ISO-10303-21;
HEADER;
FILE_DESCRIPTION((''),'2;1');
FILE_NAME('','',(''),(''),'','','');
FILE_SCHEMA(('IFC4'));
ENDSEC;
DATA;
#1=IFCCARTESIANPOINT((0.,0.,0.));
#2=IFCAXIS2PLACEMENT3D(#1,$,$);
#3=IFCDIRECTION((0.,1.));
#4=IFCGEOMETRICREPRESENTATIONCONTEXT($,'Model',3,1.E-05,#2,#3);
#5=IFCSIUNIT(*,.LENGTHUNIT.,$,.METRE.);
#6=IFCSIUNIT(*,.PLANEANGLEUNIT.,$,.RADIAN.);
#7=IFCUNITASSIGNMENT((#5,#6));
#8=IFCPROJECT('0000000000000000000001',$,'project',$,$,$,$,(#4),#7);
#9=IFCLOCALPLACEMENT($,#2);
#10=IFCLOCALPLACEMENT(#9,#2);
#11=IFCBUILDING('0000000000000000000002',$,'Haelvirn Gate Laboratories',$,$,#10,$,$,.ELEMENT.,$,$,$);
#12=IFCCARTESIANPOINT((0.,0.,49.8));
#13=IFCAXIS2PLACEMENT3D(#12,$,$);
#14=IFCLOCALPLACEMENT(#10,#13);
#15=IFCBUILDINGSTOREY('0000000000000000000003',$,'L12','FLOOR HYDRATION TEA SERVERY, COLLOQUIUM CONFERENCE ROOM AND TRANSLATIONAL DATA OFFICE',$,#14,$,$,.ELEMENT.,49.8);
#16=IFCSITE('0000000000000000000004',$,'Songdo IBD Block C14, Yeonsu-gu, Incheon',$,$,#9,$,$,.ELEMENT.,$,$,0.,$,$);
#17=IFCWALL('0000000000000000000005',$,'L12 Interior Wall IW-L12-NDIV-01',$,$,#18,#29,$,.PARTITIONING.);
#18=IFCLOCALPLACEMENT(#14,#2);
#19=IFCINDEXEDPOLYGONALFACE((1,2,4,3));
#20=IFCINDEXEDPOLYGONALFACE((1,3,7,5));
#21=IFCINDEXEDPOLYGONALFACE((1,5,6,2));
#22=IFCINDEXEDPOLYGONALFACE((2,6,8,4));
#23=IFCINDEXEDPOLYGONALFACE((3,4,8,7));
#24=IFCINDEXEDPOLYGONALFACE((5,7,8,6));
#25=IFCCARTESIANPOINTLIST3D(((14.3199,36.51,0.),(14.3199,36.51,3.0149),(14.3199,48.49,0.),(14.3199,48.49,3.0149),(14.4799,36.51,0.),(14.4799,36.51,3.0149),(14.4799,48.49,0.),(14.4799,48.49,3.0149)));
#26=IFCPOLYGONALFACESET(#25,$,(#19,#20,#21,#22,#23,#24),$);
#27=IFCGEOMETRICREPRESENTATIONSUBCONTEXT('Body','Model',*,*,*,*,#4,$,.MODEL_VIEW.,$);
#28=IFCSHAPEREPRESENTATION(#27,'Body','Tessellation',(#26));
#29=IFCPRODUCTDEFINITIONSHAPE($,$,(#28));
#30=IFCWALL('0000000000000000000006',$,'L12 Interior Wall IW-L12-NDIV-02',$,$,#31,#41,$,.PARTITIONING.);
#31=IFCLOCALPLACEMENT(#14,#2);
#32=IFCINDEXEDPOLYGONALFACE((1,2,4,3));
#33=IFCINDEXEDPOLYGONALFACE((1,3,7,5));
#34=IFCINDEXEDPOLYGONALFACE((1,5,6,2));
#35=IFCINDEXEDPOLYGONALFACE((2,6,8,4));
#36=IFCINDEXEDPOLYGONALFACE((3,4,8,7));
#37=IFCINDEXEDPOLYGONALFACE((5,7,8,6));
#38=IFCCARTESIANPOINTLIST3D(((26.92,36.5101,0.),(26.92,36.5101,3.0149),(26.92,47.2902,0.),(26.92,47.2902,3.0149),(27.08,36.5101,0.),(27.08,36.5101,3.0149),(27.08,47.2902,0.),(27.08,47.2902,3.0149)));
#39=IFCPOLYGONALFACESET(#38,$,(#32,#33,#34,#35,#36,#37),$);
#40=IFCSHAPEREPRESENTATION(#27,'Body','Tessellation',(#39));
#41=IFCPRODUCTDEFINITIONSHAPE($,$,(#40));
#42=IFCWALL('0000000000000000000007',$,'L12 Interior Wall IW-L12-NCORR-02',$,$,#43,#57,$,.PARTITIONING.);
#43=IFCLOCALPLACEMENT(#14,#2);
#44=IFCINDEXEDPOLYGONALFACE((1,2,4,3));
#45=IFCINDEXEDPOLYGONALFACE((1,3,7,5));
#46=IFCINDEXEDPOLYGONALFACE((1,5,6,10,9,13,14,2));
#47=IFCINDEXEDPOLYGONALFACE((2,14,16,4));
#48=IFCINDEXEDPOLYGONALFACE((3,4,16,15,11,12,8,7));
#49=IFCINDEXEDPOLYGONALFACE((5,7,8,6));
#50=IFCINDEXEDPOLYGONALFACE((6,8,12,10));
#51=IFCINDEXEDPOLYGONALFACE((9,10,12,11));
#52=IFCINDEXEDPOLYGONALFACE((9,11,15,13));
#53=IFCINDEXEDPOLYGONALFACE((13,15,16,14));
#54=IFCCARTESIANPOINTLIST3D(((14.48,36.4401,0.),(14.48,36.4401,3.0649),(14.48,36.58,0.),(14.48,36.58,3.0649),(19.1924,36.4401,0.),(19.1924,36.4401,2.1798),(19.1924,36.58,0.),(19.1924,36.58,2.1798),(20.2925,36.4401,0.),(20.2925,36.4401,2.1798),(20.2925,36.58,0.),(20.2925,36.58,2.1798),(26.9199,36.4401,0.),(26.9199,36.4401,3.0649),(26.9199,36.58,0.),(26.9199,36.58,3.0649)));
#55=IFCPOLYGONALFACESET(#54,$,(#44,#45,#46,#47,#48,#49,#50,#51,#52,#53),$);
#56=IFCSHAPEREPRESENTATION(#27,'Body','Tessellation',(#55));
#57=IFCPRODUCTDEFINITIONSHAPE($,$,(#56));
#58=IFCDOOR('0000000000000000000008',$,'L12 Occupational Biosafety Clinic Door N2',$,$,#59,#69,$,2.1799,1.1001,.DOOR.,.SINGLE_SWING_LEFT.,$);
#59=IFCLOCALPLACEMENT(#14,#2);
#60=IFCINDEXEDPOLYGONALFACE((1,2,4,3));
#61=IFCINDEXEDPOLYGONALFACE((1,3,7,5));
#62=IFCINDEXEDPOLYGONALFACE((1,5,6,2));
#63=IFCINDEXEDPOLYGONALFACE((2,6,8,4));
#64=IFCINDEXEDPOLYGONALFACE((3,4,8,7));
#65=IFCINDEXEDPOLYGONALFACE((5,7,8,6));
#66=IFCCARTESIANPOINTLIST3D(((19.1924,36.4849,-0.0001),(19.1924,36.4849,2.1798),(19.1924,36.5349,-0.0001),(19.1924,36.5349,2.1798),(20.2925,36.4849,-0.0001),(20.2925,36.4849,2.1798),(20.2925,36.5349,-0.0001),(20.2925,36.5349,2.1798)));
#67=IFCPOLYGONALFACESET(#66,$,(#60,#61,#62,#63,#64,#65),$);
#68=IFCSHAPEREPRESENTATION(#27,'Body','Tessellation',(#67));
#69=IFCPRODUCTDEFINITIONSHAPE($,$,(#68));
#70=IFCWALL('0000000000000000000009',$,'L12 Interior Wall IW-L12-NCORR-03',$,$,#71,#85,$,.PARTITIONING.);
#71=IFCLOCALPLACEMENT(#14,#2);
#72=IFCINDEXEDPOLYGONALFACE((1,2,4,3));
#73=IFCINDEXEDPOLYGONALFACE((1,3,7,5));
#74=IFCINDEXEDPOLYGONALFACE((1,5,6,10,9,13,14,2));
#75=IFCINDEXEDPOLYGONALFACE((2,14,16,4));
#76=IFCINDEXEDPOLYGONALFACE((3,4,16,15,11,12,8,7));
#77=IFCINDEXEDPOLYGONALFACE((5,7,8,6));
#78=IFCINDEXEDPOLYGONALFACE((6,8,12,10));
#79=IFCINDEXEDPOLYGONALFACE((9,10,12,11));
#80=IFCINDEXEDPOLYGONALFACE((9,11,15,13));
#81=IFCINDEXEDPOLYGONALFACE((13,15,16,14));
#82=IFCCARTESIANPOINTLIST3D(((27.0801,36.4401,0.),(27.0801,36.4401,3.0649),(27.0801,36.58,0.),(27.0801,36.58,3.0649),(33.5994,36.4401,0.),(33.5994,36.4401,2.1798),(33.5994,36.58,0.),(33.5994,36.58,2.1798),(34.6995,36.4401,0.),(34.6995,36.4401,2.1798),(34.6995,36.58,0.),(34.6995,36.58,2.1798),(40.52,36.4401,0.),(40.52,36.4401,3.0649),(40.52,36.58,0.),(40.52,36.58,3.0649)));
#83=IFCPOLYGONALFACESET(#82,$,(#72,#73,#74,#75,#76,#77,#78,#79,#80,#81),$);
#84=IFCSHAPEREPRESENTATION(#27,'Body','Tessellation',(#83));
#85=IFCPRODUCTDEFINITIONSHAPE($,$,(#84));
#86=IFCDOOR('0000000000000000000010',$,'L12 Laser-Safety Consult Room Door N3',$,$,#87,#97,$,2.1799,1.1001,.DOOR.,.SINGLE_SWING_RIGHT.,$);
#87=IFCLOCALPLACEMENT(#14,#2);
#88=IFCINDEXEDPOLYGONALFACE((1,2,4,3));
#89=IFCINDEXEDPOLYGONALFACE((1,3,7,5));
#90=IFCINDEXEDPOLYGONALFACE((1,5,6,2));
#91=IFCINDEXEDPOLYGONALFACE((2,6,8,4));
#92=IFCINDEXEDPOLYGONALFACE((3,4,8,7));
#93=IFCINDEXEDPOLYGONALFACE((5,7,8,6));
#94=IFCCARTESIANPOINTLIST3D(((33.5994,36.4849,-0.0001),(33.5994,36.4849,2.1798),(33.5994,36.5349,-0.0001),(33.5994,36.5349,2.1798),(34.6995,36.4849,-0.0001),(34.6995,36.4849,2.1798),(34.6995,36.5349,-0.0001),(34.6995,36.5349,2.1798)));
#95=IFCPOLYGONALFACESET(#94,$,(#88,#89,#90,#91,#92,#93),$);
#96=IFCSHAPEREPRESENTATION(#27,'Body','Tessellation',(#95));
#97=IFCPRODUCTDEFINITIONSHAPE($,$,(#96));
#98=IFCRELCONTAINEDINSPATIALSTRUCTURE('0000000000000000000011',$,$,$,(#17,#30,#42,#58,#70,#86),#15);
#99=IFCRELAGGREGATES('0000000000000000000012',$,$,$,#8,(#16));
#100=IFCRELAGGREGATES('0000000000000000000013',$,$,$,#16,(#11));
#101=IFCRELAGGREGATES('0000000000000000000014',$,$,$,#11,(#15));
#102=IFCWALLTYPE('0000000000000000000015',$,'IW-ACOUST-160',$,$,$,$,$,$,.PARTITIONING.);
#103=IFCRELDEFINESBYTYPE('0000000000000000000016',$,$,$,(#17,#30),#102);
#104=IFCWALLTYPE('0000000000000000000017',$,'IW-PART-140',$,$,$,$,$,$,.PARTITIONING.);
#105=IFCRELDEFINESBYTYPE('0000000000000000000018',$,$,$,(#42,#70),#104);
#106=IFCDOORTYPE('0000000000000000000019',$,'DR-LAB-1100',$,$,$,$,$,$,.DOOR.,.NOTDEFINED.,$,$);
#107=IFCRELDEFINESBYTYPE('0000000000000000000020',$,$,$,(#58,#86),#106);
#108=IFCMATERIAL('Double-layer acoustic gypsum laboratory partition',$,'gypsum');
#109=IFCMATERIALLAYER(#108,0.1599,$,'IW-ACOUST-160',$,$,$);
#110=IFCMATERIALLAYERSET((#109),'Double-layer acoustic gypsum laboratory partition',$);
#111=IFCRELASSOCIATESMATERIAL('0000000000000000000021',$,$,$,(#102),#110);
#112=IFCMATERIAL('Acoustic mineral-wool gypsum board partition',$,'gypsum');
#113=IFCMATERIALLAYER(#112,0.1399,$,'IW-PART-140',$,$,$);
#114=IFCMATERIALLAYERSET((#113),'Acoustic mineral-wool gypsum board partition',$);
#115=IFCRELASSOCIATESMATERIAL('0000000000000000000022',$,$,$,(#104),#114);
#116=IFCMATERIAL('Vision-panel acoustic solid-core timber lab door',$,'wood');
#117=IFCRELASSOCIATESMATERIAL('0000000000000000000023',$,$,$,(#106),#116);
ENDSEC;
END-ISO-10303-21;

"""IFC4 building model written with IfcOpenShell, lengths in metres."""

from ifc_helpers import new_model, si_unit, direction, frame, frame_2d, origin, place, context, subcontext, project, spatial, rectangle, extrude, source, transform, mapped, material, layer, layer_set, type_object, type_shapes, element, fill, save


model = new_model("IFC4")

# Units and contexts
model_context = context("Model", 3, precision=1e-05, world=origin(), true_north=direction((0.0, 1.0)))
body_context = subcontext(model_context, "Body", "Model", "MODEL_VIEW")
ifc_project = project(units=[si_unit("LENGTHUNIT", "METRE"), si_unit("PLANEANGLEUNIT", "RADIAN")], contexts=[model_context])

# Site, building, storey
site_placement = place(None, origin())
site = spatial("IfcSite", under=ifc_project, at=site_placement, Name="Songdo IBD Block C14, Yeonsu-gu, Incheon", CompositionType="ELEMENT", RefElevation=0.0)
building_placement = place(site_placement, origin())
building = spatial("IfcBuilding", under=site, at=building_placement, Name="Haelvirn Gate Laboratories", CompositionType="ELEMENT")
storey_placement = place(building_placement, frame((0.0, 0.0, 49.8)))
storey = spatial("IfcBuildingStorey", under=building, at=storey_placement, Name="L12", Description="FLOOR HYDRATION TEA SERVERY, COLLOQUIUM CONFERENCE ROOM AND TRANSLATIONAL DATA OFFICE", CompositionType="ELEMENT", Elevation=49.8)

# Walls
ifc_material_1 = material(Name="Double-layer acoustic gypsum laboratory partition", Category="gypsum")
ifc_layer_1 = layer(ifc_material_1, 0.1599, Name="IW-ACOUST-160")
ifc_layer_set_1 = layer_set([ifc_layer_1], Name="Double-layer acoustic gypsum laboratory partition")
wall_type_1 = type_object("IfcWallType", Name="IW-ACOUST-160", PredefinedType="PARTITIONING", material=ifc_layer_set_1)
wall_1_placement = place(storey_placement, frame((14.3999, 36.51, 0.0), z_axis=(0.0, 0.0, 1.0), x_axis=(0.0, 1.0, 0.0)))
element("IfcWall", 1, at=wall_1_placement, inside=storey, type_object=wall_type_1, Name="L12 Interior Wall IW-L12-NDIV-01", PredefinedType="PARTITIONING", context=body_context, shape_type="SweptSolid", body=[
    extrude(rectangle(XDim=11.98, YDim=0.1599, at=frame_2d((5.99, 0.0))), origin(), (0.0, 0.0, 1.0), 3.0149),
])
wall_2_placement = place(storey_placement, frame((27.0, 36.51, 0.0), z_axis=(0.0, 0.0, 1.0), x_axis=(0.0, 1.0, 0.0)))
element("IfcWall", 2, at=wall_2_placement, inside=storey, type_object=wall_type_1, Name="L12 Interior Wall IW-L12-NDIV-02", PredefinedType="PARTITIONING", context=body_context, shape_type="SweptSolid", body=[
    extrude(rectangle(XDim=10.78, YDim=0.1599, at=frame_2d((5.3901, 0.0))), origin(), (0.0, 0.0, 1.0), 3.0149),
])

# Walls, openings, doors
ifc_material_2 = material(Name="Acoustic mineral-wool gypsum board partition", Category="gypsum")
ifc_layer_2 = layer(ifc_material_2, 0.1399, Name="IW-PART-140")
ifc_layer_set_2 = layer_set([ifc_layer_2], Name="Acoustic mineral-wool gypsum board partition")
wall_type_2 = type_object("IfcWallType", Name="IW-PART-140", PredefinedType="PARTITIONING", material=ifc_layer_set_2)
wall_3_placement = place(storey_placement, frame((14.48, 36.51, 0.0), z_axis=(0.0, 0.0, 1.0), x_axis=(1.0, 0.0, 0.0)))
wall_3 = element("IfcWall", 3, at=wall_3_placement, inside=storey, type_object=wall_type_2, Name="L12 Interior Wall IW-L12-NCORR-02", PredefinedType="PARTITIONING", context=body_context, shape_type="SweptSolid", body=[
    extrude(rectangle(XDim=12.4399, YDim=0.1399, at=frame_2d((6.22, 0.0))), origin(), (0.0, 0.0, 1.0), 3.0649),
])
opening_1_placement = place(wall_3_placement, frame((4.7124, 0.0, 0.0)))
opening_1 = element("IfcOpeningElement", 4, at=opening_1_placement, cuts=wall_3, PredefinedType="OPENING", context=body_context, shape_type="SweptSolid", body=[
    extrude(rectangle(XDim=1.1001, YDim=2.1799, at=frame_2d((0.55, 1.0898))), frame((0.0, 0.0801, 0.0), z_axis=(0.0, -1.0, 0.0), x_axis=(1.0, 0.0, 0.0)), (0.0, 0.0, 1.0), 0.1599),
])
ifc_material_3 = material(Name="Vision-panel acoustic solid-core timber lab door", Category="wood")
door_type = type_object("IfcDoorType", Name="DR-LAB-1100", OperationType="NOTDEFINED", PredefinedType="DOOR", material=ifc_material_3)
shared_shape_1 = source(origin(), body_context, "Body", "SweptSolid", [
    extrude(rectangle(XDim=1.1001, YDim=2.1799, at=frame_2d((0.55, 1.0898))), frame((0.0, 0.0249, 0.0), z_axis=(0.0, -1.0, 0.0), x_axis=(1.0, 0.0, 0.0)), (0.0, 0.0, 1.0), 0.05),
])
type_shapes(door_type, [shared_shape_1])
door_1_placement = place(opening_1_placement, origin())
door_1 = element("IfcDoor", 5, at=door_1_placement, inside=storey, type_object=door_type, Name="L12 Occupational Biosafety Clinic Door N2", OperationType="SINGLE_SWING_LEFT", OverallHeight=2.1799, OverallWidth=1.1001, PredefinedType="DOOR", context=body_context, shape_type="MappedRepresentation", body=[
    mapped(shared_shape_1, transform((0.0, 0.0, 0.0), scale=1.0)),
])
fill(opening_1, door_1)
wall_4_placement = place(storey_placement, frame((27.0801, 36.51, 0.0), z_axis=(0.0, 0.0, 1.0), x_axis=(1.0, 0.0, 0.0)))
wall_4 = element("IfcWall", 6, at=wall_4_placement, inside=storey, type_object=wall_type_2, Name="L12 Interior Wall IW-L12-NCORR-03", PredefinedType="PARTITIONING", context=body_context, shape_type="SweptSolid", body=[
    extrude(rectangle(XDim=13.4399, YDim=0.1399, at=frame_2d((6.72, 0.0))), origin(), (0.0, 0.0, 1.0), 3.0649),
])
opening_2_placement = place(wall_4_placement, frame((6.5193, 0.0, 0.0)))
opening_2 = element("IfcOpeningElement", 7, at=opening_2_placement, cuts=wall_4, PredefinedType="OPENING", context=body_context, shape_type="SweptSolid", body=[
    extrude(rectangle(XDim=1.1001, YDim=2.1799, at=frame_2d((0.55, 1.0898))), frame((0.0, 0.0801, 0.0), z_axis=(0.0, -1.0, 0.0), x_axis=(1.0, 0.0, 0.0)), (0.0, 0.0, 1.0), 0.1599),
])
door_2_placement = place(opening_2_placement, origin())
door_2 = element("IfcDoor", 8, at=door_2_placement, inside=storey, type_object=door_type, Name="L12 Laser-Safety Consult Room Door N3", OperationType="SINGLE_SWING_RIGHT", OverallHeight=2.1799, OverallWidth=1.1001, PredefinedType="DOOR", context=body_context, shape_type="MappedRepresentation", body=[
    mapped(shared_shape_1, transform((0.0, 0.0, 0.0), scale=1.0)),
])
fill(opening_2, door_2)

save(model, "model.ifc")
